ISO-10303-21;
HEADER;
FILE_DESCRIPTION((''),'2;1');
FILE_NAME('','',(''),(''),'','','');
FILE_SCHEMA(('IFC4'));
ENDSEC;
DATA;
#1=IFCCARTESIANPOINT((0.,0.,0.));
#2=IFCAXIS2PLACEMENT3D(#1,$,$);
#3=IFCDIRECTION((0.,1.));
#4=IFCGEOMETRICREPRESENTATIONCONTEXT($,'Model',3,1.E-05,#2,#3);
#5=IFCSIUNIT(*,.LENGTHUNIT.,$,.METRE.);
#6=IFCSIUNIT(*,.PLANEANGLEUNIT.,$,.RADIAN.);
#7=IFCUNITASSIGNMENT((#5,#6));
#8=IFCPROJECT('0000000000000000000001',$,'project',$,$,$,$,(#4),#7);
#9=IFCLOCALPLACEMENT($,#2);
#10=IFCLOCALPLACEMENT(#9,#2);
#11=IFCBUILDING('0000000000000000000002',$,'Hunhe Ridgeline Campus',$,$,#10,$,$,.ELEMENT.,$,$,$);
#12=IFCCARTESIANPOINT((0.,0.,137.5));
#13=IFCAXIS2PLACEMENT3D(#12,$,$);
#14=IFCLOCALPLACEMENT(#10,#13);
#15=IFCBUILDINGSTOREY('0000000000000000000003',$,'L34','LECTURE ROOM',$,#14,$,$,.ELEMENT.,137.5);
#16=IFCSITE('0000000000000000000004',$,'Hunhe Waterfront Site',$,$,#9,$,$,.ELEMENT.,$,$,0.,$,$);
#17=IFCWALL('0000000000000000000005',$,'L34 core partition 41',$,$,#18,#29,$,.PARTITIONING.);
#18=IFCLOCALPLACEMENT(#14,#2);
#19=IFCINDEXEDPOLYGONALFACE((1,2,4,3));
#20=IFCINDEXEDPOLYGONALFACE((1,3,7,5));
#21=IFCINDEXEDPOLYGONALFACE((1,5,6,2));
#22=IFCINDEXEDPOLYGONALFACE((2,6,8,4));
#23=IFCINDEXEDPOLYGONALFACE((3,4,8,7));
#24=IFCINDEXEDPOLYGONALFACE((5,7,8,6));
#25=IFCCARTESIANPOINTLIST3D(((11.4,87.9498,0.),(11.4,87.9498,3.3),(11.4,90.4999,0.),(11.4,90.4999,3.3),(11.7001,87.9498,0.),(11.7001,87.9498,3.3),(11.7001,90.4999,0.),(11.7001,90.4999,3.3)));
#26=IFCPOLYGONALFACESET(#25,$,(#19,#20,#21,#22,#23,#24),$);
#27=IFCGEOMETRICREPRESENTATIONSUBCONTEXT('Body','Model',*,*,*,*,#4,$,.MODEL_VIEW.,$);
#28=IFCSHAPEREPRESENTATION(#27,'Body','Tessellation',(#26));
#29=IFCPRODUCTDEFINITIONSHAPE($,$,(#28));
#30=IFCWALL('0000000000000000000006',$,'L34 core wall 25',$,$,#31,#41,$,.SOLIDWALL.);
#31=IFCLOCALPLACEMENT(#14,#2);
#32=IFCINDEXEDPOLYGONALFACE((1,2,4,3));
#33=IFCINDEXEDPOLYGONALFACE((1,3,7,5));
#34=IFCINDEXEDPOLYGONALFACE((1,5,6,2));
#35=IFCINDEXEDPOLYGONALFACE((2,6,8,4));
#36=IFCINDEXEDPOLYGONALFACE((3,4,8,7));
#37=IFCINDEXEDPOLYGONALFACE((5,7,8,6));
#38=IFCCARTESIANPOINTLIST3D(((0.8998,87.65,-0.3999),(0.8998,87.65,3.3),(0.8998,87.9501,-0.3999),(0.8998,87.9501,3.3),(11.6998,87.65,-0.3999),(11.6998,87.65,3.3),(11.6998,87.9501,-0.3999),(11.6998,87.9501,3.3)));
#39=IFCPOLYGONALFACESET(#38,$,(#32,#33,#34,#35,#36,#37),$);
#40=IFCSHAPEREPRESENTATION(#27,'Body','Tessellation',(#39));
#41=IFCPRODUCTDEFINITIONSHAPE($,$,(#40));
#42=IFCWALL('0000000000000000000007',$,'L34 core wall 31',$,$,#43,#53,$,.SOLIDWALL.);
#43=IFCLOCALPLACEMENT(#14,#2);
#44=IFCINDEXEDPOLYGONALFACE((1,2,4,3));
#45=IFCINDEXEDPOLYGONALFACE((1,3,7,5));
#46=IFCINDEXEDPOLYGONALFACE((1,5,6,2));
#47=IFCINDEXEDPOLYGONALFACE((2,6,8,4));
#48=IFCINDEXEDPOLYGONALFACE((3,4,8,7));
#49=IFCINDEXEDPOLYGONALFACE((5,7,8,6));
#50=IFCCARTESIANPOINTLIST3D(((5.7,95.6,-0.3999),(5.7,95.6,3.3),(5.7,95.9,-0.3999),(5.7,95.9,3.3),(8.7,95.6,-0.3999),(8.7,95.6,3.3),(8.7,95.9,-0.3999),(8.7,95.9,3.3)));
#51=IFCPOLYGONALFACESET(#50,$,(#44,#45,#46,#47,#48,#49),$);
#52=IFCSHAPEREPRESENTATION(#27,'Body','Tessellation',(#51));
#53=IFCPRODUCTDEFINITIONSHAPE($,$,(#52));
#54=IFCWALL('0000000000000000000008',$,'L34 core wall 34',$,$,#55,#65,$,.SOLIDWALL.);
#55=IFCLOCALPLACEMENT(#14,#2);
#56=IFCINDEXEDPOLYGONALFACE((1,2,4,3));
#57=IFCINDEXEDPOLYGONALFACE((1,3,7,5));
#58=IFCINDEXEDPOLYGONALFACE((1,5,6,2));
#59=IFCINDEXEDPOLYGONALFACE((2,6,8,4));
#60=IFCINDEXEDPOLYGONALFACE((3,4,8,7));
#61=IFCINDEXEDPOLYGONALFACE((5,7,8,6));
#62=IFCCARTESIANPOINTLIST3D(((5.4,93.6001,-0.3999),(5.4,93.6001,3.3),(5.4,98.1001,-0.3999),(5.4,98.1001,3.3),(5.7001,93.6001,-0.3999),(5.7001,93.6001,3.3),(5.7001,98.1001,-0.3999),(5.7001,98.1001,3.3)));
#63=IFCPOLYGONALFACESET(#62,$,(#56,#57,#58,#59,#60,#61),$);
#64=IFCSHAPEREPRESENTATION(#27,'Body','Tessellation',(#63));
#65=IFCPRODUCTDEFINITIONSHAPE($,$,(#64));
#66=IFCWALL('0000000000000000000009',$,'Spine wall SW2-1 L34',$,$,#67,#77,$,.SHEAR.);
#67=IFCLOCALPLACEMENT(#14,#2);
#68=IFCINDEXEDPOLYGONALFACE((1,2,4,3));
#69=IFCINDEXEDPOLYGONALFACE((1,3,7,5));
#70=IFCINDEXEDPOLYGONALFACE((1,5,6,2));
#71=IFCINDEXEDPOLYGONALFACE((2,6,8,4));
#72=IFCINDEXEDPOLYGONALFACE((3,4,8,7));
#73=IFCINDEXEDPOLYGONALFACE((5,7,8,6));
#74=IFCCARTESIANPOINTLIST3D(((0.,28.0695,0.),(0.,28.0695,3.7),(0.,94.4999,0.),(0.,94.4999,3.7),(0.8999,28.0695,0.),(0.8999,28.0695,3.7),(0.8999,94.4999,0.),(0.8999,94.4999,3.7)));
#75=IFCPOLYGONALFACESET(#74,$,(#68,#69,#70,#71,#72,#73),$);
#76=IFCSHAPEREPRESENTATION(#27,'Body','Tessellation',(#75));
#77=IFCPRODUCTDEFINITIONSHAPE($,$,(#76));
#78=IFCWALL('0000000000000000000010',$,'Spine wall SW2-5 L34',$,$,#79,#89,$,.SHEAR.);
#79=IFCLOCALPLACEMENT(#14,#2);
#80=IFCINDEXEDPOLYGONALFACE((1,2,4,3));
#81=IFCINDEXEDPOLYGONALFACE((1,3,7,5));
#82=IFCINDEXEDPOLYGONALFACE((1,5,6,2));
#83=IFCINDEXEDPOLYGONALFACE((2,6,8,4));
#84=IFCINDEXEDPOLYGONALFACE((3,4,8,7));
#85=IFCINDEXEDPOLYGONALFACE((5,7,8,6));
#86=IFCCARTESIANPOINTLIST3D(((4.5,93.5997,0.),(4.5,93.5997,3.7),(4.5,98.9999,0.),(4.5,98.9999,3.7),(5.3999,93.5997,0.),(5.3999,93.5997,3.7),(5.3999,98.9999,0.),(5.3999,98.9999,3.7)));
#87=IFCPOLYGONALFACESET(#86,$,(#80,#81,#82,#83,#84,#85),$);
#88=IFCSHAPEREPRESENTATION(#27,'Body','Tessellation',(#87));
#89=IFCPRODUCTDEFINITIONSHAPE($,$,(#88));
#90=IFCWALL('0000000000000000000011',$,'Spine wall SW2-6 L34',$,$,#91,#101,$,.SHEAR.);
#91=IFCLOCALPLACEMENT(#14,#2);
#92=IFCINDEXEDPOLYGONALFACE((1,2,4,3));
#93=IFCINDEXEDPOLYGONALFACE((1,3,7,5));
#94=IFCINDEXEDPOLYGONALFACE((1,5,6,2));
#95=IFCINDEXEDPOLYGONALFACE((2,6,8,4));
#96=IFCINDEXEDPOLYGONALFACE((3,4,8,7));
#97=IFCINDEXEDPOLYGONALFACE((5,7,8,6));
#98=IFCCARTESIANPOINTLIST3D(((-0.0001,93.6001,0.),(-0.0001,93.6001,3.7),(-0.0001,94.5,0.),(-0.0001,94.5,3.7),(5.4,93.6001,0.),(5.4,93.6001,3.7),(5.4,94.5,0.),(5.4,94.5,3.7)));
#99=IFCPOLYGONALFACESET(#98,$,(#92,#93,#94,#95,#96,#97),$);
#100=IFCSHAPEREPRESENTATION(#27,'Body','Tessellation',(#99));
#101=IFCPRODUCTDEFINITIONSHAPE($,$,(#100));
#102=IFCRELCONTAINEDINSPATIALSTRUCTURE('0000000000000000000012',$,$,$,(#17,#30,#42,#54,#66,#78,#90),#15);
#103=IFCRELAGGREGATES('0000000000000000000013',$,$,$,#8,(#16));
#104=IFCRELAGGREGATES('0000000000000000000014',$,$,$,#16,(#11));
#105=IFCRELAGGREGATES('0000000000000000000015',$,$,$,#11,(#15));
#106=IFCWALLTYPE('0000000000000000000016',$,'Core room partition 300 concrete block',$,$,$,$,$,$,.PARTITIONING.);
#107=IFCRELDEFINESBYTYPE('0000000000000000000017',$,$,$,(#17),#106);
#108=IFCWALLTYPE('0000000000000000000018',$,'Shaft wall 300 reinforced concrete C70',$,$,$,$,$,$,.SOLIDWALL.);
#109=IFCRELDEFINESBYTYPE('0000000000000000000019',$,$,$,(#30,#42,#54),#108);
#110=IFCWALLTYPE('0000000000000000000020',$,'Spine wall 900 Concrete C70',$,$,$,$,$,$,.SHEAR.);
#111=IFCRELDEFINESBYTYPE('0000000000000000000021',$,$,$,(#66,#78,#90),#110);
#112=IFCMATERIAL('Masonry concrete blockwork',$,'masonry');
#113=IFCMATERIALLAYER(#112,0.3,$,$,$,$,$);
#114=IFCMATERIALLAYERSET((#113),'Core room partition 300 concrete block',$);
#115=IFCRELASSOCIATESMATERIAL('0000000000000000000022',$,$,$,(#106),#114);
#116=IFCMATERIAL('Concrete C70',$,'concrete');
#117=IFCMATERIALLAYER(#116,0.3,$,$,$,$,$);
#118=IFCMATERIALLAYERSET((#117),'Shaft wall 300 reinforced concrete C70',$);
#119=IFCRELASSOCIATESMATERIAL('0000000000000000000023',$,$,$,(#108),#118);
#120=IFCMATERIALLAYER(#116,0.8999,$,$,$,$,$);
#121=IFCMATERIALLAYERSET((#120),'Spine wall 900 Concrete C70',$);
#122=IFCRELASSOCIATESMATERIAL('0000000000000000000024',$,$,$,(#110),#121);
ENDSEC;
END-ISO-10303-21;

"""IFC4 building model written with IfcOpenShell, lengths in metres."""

from ifc_helpers import new_model, si_unit, direction, frame, frame_2d, origin, place, context, subcontext, project, spatial, rectangle, extrude, material, layer, layer_set, type_object, element, save


model = new_model("IFC4")

# Units and contexts
model_context = context("Model", 3, precision=1e-05, world=origin(), true_north=direction((0.0, 1.0)))
body_context = subcontext(model_context, "Body", "Model", "MODEL_VIEW")
ifc_project = project(units=[si_unit("LENGTHUNIT", "METRE"), si_unit("PLANEANGLEUNIT", "RADIAN")], contexts=[model_context])

# Site, building, storey
site_placement = place(None, origin())
site = spatial("IfcSite", under=ifc_project, at=site_placement, Name="Hunhe Waterfront Site", CompositionType="ELEMENT", RefElevation=0.0)
building_placement = place(site_placement, origin())
building = spatial("IfcBuilding", under=site, at=building_placement, Name="Hunhe Ridgeline Campus", CompositionType="ELEMENT")
storey_placement = place(building_placement, frame((0.0, 0.0, 137.5)))
storey = spatial("IfcBuildingStorey", under=building, at=storey_placement, Name="L34", Description="LECTURE ROOM", CompositionType="ELEMENT", Elevation=137.5)

# Wall
ifc_material_1 = material(Name="Masonry concrete blockwork", Category="masonry")
ifc_layer_1 = layer(ifc_material_1, 0.3)
ifc_layer_set_1 = layer_set([ifc_layer_1], Name="Core room partition 300 concrete block")
wall_type_1 = type_object("IfcWallType", Name="Core room partition 300 concrete block", PredefinedType="PARTITIONING", material=ifc_layer_set_1)
wall_1_placement = place(storey_placement, frame((11.55, 87.95, 0.0), z_axis=(0.0, 0.0, 1.0), x_axis=(0.0, 1.0, 0.0)))
element("IfcWall", 1, at=wall_1_placement, inside=storey, type_object=wall_type_1, Name="L34 core partition 41", PredefinedType="PARTITIONING", context=body_context, shape_type="SweptSolid", body=[
    extrude(rectangle(XDim=2.55, YDim=0.3, at=frame_2d((1.2749, 0.0))), origin(), (0.0, 0.0, 1.0), 3.3),
])

# Shared definitions
ifc_material_2 = material(Name="Concrete C70", Category="concrete")

# Wall
ifc_layer_2 = layer(ifc_material_2, 0.3)
ifc_layer_set_2 = layer_set([ifc_layer_2], Name="Shaft wall 300 reinforced concrete C70")
wall_type_2 = type_object("IfcWallType", Name="Shaft wall 300 reinforced concrete C70", PredefinedType="SOLIDWALL", material=ifc_layer_set_2)
wall_2_placement = place(storey_placement, frame((0.8999, 87.8, -0.3999), z_axis=(0.0, 0.0, 1.0), x_axis=(1.0, 0.0, 0.0)))
element("IfcWall", 2, at=wall_2_placement, inside=storey, type_object=wall_type_2, Name="L34 core wall 25", PredefinedType="SOLIDWALL", context=body_context, shape_type="SweptSolid", body=[
    extrude(rectangle(XDim=10.8, YDim=0.3, at=frame_2d((5.3999, 0.0))), origin(), (0.0, 0.0, 1.0), 3.7),
])

# Walls
wall_3_placement = place(storey_placement, frame((5.7, 95.75, -0.3999), z_axis=(0.0, 0.0, 1.0), x_axis=(1.0, 0.0, 0.0)))
element("IfcWall", 3, at=wall_3_placement, inside=storey, type_object=wall_type_2, Name="L34 core wall 31", PredefinedType="SOLIDWALL", context=body_context, shape_type="SweptSolid", body=[
    extrude(rectangle(XDim=3.0, YDim=0.3, at=frame_2d((1.5, 0.0))), origin(), (0.0, 0.0, 1.0), 3.7),
])
wall_4_placement = place(storey_placement, frame((5.55, 93.6001, -0.3999), z_axis=(0.0, 0.0, 1.0), x_axis=(0.0, 1.0, 0.0)))
element("IfcWall", 4, at=wall_4_placement, inside=storey, type_object=wall_type_2, Name="L34 core wall 34", PredefinedType="SOLIDWALL", context=body_context, shape_type="SweptSolid", body=[
    extrude(rectangle(XDim=4.5, YDim=0.3, at=frame_2d((2.25, 0.0))), origin(), (0.0, 0.0, 1.0), 3.7),
])

# Walls
ifc_layer_3 = layer(ifc_material_2, 0.8999)
ifc_layer_set_3 = layer_set([ifc_layer_3], Name="Spine wall 900 Concrete C70")
wall_type_3 = type_object("IfcWallType", Name="Spine wall 900 Concrete C70", PredefinedType="SHEAR", material=ifc_layer_set_3)
wall_5_placement = place(storey_placement, frame((0.45, 94.5, 0.0), z_axis=(0.0, 0.0, 1.0), x_axis=(0.0, -1.0, 0.0)))
element("IfcWall", 5, at=wall_5_placement, inside=storey, type_object=wall_type_3, Name="Spine wall SW2-1 L34", PredefinedType="SHEAR", context=body_context, shape_type="SweptSolid", body=[
    extrude(rectangle(XDim=66.4304, YDim=0.8999, at=frame_2d((33.2153, 0.0))), origin(), (0.0, 0.0, 1.0), 3.7),
])
for number, where, z_axis, x_axis, name in (
    (6, (4.95, 99.0, 0.0), (0.0, 0.0, 1.0), (0.0, -1.0, 0.0), "Spine wall SW2-5 L34"),
    (7, (5.4001, 94.05, 0.0), (0.0, 0.0, 1.0), (-1.0, 0.0, 0.0), "Spine wall SW2-6 L34"),
):
    element("IfcWall", number, at=place(storey_placement, frame(where, z_axis=z_axis, x_axis=x_axis)), inside=storey, type_object=wall_type_3, Name=name, PredefinedType="SHEAR", context=body_context, shape_type="SweptSolid", body=[
        extrude(rectangle(XDim=5.4001, YDim=0.8999, at=frame_2d((2.7002, 0.0))), origin(), (0.0, 0.0, 1.0), 3.7),
    ])

save(model, "model.ifc")
